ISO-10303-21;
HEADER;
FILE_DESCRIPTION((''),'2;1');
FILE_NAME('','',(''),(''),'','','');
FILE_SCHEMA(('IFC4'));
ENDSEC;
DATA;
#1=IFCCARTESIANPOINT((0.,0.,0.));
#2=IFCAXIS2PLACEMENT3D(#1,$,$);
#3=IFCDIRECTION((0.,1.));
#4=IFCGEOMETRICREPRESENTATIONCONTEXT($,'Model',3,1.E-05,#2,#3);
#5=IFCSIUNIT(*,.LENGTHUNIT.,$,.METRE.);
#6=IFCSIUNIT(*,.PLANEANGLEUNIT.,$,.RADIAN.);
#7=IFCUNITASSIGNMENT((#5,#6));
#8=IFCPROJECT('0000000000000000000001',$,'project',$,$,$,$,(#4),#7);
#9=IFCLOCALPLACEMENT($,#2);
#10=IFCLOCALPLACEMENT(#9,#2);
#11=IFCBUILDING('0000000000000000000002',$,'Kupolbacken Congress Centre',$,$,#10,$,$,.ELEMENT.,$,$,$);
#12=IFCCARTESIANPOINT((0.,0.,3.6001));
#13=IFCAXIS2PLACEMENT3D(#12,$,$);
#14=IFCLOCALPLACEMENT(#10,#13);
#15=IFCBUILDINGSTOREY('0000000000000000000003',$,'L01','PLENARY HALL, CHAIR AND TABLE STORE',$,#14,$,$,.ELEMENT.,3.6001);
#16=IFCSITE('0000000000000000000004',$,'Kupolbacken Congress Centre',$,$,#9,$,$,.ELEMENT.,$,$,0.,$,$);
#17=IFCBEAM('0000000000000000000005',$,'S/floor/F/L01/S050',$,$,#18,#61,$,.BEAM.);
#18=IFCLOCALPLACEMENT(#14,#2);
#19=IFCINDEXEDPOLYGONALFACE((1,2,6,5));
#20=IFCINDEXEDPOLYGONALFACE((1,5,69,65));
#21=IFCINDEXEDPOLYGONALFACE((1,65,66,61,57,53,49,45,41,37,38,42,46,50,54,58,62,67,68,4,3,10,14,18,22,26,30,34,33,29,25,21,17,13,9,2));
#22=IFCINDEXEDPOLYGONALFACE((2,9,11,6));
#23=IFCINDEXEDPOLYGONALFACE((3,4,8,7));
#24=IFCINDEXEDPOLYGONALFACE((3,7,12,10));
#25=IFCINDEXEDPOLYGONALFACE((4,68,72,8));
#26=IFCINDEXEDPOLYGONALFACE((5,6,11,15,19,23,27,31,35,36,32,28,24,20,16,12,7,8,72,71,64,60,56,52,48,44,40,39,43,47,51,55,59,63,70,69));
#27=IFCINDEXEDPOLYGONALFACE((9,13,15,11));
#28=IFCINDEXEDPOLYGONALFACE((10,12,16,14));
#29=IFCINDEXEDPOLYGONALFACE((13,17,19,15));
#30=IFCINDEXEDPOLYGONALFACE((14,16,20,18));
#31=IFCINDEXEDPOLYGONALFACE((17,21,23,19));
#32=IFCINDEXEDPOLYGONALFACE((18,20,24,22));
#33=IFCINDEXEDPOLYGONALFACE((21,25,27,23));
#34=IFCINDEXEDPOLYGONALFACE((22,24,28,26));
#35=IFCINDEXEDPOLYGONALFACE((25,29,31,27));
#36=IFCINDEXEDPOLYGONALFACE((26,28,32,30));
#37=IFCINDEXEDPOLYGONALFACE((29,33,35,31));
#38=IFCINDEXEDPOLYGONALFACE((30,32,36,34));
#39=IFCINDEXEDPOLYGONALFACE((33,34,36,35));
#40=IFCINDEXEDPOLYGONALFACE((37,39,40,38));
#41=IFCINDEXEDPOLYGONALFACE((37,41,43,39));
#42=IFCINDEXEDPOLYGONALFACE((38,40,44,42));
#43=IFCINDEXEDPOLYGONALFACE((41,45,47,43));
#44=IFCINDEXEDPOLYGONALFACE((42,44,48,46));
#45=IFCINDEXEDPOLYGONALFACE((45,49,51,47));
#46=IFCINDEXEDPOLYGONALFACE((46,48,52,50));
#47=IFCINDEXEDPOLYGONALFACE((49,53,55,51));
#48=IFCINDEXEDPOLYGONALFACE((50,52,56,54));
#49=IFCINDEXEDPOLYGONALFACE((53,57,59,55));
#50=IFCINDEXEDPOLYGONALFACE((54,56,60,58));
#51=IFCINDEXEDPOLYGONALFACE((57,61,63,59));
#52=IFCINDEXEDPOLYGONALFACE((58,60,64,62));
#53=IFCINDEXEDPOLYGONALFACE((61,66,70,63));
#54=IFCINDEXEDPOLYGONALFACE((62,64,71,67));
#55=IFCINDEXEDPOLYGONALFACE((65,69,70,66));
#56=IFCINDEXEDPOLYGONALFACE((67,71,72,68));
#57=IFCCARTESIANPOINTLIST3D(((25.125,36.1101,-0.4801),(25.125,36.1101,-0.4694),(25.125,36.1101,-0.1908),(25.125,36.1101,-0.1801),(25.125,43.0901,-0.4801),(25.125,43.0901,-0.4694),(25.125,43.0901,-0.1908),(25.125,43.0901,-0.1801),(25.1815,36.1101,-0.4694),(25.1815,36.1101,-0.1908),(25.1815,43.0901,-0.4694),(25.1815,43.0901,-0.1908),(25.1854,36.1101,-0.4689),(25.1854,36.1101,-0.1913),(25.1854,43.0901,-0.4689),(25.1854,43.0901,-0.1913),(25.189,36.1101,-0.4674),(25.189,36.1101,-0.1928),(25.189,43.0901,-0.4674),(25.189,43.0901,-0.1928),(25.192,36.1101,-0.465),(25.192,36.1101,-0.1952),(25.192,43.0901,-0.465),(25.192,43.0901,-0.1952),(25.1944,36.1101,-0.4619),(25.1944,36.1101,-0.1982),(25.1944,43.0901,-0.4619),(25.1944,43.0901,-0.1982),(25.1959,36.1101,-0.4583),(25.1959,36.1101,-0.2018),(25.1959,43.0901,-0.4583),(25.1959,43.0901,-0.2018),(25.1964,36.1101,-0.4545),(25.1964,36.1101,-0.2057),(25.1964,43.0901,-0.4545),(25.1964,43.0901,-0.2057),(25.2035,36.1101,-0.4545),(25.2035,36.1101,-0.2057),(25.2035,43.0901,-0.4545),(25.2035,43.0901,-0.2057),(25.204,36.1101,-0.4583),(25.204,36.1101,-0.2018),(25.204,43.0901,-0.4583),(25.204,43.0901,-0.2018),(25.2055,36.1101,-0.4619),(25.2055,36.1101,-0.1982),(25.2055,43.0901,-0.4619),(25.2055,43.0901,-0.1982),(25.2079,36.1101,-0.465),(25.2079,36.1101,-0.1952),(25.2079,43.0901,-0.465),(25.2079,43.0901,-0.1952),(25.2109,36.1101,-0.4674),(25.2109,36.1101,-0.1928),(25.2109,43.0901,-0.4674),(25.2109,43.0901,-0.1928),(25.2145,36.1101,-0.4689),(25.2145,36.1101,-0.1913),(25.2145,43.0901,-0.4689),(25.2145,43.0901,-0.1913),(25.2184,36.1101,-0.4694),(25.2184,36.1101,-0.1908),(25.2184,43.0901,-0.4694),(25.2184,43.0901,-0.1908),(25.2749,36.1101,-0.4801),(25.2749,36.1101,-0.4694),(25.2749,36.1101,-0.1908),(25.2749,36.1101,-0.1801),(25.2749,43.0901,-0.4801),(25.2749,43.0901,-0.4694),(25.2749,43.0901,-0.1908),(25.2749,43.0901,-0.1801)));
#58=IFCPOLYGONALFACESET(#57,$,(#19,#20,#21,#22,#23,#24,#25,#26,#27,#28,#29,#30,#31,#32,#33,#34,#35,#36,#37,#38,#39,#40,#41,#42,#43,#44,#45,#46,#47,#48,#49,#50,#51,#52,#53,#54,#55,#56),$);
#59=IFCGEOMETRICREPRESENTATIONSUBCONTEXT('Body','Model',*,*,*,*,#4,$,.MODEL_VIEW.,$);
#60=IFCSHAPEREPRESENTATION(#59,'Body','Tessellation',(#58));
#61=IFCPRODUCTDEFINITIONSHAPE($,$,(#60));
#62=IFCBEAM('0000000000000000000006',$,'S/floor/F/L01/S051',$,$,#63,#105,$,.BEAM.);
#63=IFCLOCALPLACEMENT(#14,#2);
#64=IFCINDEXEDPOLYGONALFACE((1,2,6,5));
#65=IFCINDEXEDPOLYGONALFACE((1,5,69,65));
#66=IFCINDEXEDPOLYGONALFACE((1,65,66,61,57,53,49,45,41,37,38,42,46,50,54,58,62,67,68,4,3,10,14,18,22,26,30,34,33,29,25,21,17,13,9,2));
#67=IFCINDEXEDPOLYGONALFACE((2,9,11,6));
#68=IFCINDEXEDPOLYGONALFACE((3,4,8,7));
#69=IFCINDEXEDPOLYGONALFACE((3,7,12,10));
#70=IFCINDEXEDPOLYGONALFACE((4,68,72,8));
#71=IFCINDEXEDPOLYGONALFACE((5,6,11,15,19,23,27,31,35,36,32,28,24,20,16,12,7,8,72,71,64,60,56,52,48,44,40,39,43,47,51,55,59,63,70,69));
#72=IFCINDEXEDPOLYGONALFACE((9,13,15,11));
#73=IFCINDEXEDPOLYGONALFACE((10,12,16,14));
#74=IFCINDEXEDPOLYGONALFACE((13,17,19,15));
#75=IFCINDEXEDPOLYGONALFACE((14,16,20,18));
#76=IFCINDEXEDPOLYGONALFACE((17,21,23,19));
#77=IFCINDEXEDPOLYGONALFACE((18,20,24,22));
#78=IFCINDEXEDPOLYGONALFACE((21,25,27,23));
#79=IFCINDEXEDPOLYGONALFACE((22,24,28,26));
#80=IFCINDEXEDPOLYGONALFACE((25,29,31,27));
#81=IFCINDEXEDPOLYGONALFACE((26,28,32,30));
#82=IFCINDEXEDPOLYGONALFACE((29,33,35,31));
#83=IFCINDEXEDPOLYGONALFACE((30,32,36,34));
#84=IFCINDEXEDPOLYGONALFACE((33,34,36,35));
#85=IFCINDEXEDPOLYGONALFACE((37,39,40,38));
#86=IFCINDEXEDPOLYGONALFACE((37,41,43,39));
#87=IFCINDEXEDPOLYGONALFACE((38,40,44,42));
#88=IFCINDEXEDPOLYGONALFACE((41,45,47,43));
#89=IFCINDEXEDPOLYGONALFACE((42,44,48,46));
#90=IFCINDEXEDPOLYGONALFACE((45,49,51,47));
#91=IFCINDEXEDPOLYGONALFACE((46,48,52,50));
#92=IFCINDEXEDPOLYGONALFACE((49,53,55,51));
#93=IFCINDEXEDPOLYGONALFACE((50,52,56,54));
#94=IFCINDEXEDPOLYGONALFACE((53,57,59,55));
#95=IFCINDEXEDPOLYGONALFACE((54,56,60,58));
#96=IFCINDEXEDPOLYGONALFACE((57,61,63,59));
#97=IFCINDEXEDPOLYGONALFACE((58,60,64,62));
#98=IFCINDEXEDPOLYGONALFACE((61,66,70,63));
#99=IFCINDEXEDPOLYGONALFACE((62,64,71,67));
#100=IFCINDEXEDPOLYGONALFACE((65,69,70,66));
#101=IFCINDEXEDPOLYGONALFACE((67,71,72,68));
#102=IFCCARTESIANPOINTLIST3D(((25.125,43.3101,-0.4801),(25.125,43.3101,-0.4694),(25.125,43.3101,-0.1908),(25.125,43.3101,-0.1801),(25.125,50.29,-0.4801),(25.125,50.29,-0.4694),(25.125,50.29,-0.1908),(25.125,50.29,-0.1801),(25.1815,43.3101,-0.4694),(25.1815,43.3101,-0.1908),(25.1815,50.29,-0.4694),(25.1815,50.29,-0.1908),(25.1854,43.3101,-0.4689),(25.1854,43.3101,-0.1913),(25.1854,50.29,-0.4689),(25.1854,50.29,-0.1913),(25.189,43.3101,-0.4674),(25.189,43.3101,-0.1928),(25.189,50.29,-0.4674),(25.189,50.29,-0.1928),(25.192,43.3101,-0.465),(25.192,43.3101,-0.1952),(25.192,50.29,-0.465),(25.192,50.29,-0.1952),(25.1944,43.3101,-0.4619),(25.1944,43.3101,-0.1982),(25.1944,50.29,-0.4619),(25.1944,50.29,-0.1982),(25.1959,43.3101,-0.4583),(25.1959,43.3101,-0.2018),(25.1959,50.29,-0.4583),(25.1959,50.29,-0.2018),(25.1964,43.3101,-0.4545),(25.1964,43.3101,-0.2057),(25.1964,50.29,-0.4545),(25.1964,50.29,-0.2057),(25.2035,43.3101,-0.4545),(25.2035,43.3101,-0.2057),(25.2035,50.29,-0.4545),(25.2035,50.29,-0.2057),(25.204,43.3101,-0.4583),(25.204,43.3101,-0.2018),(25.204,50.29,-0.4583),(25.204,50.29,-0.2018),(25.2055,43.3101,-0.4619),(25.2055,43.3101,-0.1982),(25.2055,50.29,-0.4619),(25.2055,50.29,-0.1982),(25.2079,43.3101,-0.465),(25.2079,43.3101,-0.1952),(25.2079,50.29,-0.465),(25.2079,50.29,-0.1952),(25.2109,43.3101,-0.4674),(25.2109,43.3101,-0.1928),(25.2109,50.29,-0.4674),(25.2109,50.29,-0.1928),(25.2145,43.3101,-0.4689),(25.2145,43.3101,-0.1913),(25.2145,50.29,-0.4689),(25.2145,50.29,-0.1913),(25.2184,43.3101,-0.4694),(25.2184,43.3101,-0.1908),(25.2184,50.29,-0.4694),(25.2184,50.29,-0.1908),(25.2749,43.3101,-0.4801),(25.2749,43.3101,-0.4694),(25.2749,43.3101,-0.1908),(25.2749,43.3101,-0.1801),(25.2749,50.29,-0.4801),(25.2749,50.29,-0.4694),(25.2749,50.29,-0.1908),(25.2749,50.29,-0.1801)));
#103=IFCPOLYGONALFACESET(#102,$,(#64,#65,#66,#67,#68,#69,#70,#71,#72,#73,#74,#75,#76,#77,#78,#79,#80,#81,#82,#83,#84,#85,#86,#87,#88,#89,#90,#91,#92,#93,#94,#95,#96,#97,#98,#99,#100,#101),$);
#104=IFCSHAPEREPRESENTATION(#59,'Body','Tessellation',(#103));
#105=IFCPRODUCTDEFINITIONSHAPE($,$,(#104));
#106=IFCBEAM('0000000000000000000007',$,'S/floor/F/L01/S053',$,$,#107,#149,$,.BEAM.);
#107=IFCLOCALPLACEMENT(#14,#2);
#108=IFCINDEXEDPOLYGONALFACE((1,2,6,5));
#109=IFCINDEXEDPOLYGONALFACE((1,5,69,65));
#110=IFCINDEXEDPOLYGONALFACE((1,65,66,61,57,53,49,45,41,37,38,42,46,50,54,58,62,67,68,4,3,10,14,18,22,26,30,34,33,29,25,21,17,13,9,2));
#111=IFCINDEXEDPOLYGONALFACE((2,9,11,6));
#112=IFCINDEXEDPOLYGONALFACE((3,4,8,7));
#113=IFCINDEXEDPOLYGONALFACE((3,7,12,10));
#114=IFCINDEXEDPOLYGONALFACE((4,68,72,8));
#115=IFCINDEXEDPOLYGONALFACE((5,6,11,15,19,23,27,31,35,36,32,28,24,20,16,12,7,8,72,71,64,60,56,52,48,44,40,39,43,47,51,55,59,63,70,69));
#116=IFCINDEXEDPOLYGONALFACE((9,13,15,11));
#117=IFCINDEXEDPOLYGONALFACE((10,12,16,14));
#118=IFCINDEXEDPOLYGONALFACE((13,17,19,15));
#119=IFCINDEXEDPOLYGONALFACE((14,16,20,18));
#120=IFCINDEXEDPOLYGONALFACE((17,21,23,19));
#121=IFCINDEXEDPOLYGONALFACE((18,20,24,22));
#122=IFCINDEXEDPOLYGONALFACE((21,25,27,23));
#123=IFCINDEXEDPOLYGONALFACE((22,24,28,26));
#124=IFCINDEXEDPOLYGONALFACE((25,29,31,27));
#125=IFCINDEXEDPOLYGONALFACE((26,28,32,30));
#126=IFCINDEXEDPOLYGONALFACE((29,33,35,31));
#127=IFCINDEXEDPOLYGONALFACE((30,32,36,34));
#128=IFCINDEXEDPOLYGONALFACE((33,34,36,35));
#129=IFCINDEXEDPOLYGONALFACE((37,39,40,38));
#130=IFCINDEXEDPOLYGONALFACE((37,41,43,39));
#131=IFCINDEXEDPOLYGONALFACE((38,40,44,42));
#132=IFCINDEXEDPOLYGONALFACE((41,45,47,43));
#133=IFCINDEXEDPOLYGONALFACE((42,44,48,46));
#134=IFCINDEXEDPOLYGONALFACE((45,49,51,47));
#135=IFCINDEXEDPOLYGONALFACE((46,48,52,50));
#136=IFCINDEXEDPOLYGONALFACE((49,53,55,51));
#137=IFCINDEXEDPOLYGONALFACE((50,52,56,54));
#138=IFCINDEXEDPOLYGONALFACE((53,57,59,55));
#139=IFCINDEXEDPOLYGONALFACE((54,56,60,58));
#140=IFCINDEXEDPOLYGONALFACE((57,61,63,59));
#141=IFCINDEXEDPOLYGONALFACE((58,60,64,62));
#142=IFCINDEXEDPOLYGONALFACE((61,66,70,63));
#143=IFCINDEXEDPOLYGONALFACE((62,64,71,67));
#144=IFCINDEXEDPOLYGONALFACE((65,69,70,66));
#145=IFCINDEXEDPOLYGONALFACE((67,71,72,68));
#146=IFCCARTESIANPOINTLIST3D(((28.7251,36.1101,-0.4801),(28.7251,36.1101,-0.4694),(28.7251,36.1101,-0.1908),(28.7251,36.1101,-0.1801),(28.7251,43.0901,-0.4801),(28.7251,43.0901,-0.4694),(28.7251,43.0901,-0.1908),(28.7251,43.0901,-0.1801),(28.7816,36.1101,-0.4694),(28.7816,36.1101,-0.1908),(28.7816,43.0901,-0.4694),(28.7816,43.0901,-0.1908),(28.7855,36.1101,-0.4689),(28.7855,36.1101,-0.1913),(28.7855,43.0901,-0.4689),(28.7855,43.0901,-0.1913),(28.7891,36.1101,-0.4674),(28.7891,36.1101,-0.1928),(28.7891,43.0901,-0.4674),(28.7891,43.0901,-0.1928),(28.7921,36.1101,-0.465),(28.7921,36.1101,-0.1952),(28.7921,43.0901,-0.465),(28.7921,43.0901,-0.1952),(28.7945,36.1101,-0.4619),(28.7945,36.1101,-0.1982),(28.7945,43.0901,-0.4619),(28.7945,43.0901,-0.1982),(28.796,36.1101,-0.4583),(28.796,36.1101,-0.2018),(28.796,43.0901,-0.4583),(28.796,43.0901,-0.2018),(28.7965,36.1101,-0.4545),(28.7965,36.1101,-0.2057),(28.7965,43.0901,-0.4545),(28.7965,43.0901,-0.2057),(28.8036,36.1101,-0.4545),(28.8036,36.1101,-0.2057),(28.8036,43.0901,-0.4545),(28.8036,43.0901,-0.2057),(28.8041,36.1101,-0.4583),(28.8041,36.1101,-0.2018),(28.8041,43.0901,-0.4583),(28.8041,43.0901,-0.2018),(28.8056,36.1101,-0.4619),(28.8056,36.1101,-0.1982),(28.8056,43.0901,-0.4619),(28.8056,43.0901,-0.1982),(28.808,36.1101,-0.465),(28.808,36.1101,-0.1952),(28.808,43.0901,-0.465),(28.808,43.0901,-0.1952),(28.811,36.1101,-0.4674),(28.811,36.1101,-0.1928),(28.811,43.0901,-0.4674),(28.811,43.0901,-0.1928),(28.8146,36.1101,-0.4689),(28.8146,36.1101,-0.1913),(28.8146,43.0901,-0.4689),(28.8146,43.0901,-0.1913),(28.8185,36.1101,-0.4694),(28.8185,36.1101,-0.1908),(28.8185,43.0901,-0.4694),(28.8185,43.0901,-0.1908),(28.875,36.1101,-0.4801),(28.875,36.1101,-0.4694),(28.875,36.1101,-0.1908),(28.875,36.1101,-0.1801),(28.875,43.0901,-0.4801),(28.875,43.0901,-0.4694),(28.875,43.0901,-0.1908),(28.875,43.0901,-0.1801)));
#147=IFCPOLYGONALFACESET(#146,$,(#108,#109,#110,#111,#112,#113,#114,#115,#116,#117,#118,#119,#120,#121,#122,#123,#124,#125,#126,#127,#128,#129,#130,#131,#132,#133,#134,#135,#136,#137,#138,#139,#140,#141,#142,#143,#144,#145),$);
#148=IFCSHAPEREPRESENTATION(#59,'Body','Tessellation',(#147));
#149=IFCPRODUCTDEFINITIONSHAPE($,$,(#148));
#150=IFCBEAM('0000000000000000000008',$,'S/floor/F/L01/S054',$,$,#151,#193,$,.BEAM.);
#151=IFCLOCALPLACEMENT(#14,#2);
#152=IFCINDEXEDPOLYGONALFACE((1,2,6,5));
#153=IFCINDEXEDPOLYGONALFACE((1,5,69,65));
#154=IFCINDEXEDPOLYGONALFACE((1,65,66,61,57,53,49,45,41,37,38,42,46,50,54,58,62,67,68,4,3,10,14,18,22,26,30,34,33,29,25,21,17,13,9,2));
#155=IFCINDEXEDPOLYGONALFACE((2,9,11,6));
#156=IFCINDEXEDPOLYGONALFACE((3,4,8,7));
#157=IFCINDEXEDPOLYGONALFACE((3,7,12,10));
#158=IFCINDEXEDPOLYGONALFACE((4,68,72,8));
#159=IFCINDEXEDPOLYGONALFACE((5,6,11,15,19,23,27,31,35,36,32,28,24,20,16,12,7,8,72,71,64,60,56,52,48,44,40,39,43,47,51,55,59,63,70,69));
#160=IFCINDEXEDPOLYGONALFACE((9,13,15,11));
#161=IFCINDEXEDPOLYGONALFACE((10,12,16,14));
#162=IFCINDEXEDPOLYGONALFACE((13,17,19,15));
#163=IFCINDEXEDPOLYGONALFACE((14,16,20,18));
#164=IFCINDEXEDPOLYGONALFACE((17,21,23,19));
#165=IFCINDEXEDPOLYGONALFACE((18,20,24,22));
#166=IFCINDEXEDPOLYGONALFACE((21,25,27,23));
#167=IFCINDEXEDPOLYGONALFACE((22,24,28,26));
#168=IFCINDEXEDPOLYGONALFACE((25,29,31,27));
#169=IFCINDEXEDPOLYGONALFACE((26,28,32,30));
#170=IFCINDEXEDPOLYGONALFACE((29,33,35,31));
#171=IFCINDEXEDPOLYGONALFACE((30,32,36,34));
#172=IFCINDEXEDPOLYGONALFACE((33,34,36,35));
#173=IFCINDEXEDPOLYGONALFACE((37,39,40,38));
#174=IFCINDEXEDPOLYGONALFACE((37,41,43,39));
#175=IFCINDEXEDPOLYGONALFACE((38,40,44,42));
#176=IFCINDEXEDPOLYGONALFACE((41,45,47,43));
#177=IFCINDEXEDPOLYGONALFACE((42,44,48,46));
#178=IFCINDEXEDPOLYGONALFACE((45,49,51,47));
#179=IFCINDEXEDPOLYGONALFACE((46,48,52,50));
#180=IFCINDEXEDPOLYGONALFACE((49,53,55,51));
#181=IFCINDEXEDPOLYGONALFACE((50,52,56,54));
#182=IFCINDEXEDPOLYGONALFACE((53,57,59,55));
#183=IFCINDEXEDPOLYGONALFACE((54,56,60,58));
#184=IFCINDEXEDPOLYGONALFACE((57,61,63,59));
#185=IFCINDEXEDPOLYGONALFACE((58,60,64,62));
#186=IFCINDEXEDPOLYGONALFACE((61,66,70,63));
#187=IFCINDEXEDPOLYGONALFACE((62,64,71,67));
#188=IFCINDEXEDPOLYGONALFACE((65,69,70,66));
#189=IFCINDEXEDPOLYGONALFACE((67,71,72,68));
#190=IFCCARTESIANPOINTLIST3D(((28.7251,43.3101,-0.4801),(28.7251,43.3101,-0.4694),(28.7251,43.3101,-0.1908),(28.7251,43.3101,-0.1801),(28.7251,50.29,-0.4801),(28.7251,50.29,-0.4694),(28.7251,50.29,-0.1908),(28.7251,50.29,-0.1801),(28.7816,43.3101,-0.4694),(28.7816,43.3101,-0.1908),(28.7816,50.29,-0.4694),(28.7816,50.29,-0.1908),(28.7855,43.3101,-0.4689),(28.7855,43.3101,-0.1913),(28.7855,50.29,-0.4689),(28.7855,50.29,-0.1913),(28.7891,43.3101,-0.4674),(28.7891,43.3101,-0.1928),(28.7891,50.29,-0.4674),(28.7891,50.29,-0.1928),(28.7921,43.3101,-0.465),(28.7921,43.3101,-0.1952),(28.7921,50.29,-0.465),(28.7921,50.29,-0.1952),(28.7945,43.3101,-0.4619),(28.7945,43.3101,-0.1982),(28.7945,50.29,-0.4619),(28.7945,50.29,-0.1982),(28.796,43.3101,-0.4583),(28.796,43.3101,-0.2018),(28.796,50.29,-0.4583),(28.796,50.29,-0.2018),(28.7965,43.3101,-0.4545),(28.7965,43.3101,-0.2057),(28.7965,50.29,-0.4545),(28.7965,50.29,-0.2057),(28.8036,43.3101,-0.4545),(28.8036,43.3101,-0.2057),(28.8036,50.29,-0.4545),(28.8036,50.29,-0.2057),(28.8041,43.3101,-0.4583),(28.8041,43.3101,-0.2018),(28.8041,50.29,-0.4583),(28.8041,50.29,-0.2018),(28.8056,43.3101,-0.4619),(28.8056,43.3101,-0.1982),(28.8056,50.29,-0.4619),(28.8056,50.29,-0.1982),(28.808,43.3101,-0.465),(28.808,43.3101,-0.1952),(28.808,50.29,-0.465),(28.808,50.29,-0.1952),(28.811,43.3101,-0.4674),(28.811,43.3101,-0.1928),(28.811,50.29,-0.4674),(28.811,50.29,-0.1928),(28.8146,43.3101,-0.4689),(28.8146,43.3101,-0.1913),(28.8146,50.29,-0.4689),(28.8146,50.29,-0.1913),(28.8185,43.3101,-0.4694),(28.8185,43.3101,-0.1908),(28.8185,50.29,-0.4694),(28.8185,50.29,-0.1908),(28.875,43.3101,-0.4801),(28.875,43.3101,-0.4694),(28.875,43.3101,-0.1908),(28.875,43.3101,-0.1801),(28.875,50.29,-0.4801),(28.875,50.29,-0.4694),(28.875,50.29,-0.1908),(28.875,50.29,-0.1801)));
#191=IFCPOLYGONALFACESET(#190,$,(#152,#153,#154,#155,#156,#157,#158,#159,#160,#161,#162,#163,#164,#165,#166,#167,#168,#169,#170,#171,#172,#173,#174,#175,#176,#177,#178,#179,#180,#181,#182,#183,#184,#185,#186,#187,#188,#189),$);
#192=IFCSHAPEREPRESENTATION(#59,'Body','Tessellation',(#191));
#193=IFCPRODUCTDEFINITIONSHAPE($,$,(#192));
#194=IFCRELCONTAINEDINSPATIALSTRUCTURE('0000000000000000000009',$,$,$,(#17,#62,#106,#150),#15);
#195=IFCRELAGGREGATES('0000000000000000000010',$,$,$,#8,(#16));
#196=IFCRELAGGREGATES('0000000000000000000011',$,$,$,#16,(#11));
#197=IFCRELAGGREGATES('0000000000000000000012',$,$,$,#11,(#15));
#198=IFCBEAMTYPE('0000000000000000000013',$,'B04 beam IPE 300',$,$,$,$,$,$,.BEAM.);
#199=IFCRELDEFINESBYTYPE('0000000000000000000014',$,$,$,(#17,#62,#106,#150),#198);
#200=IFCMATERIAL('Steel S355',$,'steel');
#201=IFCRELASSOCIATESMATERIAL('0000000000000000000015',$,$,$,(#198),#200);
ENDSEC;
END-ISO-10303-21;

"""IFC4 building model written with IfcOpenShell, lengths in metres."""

from ifc_helpers import new_model, si_unit, direction, frame, origin, origin_2d, place, context, subcontext, project, spatial, i_section, extrude, material, material_profile, profile_set, type_object, element, save


model = new_model("IFC4")

# Units and contexts
model_context = context("Model", 3, precision=1e-05, world=origin(), true_north=direction((0.0, 1.0)))
body_context = subcontext(model_context, "Body", "Model", "MODEL_VIEW")
ifc_project = project(units=[si_unit("LENGTHUNIT", "METRE"), si_unit("PLANEANGLEUNIT", "RADIAN")], contexts=[model_context])

# Site, building, storey
site_placement = place(None, origin())
site = spatial("IfcSite", under=ifc_project, at=site_placement, Name="Kupolbacken Congress Centre", CompositionType="ELEMENT", RefElevation=0.0)
building_placement = place(site_placement, origin())
building = spatial("IfcBuilding", under=site, at=building_placement, Name="Kupolbacken Congress Centre", CompositionType="ELEMENT")
storey_placement = place(building_placement, frame((0.0, 0.0, 3.6001)))
storey = spatial("IfcBuildingStorey", under=building, at=storey_placement, Name="L01", Description="PLENARY HALL, CHAIR AND TABLE STORE", CompositionType="ELEMENT", Elevation=3.6001)

# Beams
ifc_material_1 = material(Name="Steel S355", Category="steel")
ifc_material_profile_1 = material_profile(ifc_material_1, i_section(OverallWidth=0.1499, OverallDepth=0.3, WebThickness=0.0071, FlangeThickness=0.0107, FilletRadius=0.0149, at=origin_2d()), Name="IPE 300")
ifc_profile_set_1 = profile_set([ifc_material_profile_1], Name="Steel S355")
beam_type_1 = type_object("IfcBeamType", Name="B04 beam IPE 300", PredefinedType="BEAM", material=ifc_profile_set_1)
for number, where, z_axis, x_axis, name in (
    (1, (25.2, 36.1101, -0.3301), (0.0, 1.0, 0.0), (-1.0, 0.0, 0.0), "S/floor/F/L01/S050"),
    (2, (25.2, 43.3101, -0.3301), (0.0, 1.0, 0.0), (-1.0, 0.0, 0.0), "S/floor/F/L01/S051"),
    (3, (28.8, 36.1101, -0.3301), (0.0, 1.0, 0.0), (-1.0, 0.0, 0.0), "S/floor/F/L01/S053"),
    (4, (28.8, 43.3101, -0.3301), (0.0, 1.0, 0.0), (-1.0, 0.0, 0.0), "S/floor/F/L01/S054"),
):
    element("IfcBeam", number, at=place(storey_placement, frame(where, z_axis=z_axis, x_axis=x_axis)), inside=storey, type_object=beam_type_1, Name=name, PredefinedType="BEAM", context=body_context, shape_type="SweptSolid", body=[
        extrude(i_section(OverallWidth=0.1499, OverallDepth=0.3, WebThickness=0.0071, FlangeThickness=0.0107, FilletRadius=0.0149, at=origin_2d()), origin(), (0.0, 0.0, 1.0), 6.98),
    ])

save(model, "model.ifc")
